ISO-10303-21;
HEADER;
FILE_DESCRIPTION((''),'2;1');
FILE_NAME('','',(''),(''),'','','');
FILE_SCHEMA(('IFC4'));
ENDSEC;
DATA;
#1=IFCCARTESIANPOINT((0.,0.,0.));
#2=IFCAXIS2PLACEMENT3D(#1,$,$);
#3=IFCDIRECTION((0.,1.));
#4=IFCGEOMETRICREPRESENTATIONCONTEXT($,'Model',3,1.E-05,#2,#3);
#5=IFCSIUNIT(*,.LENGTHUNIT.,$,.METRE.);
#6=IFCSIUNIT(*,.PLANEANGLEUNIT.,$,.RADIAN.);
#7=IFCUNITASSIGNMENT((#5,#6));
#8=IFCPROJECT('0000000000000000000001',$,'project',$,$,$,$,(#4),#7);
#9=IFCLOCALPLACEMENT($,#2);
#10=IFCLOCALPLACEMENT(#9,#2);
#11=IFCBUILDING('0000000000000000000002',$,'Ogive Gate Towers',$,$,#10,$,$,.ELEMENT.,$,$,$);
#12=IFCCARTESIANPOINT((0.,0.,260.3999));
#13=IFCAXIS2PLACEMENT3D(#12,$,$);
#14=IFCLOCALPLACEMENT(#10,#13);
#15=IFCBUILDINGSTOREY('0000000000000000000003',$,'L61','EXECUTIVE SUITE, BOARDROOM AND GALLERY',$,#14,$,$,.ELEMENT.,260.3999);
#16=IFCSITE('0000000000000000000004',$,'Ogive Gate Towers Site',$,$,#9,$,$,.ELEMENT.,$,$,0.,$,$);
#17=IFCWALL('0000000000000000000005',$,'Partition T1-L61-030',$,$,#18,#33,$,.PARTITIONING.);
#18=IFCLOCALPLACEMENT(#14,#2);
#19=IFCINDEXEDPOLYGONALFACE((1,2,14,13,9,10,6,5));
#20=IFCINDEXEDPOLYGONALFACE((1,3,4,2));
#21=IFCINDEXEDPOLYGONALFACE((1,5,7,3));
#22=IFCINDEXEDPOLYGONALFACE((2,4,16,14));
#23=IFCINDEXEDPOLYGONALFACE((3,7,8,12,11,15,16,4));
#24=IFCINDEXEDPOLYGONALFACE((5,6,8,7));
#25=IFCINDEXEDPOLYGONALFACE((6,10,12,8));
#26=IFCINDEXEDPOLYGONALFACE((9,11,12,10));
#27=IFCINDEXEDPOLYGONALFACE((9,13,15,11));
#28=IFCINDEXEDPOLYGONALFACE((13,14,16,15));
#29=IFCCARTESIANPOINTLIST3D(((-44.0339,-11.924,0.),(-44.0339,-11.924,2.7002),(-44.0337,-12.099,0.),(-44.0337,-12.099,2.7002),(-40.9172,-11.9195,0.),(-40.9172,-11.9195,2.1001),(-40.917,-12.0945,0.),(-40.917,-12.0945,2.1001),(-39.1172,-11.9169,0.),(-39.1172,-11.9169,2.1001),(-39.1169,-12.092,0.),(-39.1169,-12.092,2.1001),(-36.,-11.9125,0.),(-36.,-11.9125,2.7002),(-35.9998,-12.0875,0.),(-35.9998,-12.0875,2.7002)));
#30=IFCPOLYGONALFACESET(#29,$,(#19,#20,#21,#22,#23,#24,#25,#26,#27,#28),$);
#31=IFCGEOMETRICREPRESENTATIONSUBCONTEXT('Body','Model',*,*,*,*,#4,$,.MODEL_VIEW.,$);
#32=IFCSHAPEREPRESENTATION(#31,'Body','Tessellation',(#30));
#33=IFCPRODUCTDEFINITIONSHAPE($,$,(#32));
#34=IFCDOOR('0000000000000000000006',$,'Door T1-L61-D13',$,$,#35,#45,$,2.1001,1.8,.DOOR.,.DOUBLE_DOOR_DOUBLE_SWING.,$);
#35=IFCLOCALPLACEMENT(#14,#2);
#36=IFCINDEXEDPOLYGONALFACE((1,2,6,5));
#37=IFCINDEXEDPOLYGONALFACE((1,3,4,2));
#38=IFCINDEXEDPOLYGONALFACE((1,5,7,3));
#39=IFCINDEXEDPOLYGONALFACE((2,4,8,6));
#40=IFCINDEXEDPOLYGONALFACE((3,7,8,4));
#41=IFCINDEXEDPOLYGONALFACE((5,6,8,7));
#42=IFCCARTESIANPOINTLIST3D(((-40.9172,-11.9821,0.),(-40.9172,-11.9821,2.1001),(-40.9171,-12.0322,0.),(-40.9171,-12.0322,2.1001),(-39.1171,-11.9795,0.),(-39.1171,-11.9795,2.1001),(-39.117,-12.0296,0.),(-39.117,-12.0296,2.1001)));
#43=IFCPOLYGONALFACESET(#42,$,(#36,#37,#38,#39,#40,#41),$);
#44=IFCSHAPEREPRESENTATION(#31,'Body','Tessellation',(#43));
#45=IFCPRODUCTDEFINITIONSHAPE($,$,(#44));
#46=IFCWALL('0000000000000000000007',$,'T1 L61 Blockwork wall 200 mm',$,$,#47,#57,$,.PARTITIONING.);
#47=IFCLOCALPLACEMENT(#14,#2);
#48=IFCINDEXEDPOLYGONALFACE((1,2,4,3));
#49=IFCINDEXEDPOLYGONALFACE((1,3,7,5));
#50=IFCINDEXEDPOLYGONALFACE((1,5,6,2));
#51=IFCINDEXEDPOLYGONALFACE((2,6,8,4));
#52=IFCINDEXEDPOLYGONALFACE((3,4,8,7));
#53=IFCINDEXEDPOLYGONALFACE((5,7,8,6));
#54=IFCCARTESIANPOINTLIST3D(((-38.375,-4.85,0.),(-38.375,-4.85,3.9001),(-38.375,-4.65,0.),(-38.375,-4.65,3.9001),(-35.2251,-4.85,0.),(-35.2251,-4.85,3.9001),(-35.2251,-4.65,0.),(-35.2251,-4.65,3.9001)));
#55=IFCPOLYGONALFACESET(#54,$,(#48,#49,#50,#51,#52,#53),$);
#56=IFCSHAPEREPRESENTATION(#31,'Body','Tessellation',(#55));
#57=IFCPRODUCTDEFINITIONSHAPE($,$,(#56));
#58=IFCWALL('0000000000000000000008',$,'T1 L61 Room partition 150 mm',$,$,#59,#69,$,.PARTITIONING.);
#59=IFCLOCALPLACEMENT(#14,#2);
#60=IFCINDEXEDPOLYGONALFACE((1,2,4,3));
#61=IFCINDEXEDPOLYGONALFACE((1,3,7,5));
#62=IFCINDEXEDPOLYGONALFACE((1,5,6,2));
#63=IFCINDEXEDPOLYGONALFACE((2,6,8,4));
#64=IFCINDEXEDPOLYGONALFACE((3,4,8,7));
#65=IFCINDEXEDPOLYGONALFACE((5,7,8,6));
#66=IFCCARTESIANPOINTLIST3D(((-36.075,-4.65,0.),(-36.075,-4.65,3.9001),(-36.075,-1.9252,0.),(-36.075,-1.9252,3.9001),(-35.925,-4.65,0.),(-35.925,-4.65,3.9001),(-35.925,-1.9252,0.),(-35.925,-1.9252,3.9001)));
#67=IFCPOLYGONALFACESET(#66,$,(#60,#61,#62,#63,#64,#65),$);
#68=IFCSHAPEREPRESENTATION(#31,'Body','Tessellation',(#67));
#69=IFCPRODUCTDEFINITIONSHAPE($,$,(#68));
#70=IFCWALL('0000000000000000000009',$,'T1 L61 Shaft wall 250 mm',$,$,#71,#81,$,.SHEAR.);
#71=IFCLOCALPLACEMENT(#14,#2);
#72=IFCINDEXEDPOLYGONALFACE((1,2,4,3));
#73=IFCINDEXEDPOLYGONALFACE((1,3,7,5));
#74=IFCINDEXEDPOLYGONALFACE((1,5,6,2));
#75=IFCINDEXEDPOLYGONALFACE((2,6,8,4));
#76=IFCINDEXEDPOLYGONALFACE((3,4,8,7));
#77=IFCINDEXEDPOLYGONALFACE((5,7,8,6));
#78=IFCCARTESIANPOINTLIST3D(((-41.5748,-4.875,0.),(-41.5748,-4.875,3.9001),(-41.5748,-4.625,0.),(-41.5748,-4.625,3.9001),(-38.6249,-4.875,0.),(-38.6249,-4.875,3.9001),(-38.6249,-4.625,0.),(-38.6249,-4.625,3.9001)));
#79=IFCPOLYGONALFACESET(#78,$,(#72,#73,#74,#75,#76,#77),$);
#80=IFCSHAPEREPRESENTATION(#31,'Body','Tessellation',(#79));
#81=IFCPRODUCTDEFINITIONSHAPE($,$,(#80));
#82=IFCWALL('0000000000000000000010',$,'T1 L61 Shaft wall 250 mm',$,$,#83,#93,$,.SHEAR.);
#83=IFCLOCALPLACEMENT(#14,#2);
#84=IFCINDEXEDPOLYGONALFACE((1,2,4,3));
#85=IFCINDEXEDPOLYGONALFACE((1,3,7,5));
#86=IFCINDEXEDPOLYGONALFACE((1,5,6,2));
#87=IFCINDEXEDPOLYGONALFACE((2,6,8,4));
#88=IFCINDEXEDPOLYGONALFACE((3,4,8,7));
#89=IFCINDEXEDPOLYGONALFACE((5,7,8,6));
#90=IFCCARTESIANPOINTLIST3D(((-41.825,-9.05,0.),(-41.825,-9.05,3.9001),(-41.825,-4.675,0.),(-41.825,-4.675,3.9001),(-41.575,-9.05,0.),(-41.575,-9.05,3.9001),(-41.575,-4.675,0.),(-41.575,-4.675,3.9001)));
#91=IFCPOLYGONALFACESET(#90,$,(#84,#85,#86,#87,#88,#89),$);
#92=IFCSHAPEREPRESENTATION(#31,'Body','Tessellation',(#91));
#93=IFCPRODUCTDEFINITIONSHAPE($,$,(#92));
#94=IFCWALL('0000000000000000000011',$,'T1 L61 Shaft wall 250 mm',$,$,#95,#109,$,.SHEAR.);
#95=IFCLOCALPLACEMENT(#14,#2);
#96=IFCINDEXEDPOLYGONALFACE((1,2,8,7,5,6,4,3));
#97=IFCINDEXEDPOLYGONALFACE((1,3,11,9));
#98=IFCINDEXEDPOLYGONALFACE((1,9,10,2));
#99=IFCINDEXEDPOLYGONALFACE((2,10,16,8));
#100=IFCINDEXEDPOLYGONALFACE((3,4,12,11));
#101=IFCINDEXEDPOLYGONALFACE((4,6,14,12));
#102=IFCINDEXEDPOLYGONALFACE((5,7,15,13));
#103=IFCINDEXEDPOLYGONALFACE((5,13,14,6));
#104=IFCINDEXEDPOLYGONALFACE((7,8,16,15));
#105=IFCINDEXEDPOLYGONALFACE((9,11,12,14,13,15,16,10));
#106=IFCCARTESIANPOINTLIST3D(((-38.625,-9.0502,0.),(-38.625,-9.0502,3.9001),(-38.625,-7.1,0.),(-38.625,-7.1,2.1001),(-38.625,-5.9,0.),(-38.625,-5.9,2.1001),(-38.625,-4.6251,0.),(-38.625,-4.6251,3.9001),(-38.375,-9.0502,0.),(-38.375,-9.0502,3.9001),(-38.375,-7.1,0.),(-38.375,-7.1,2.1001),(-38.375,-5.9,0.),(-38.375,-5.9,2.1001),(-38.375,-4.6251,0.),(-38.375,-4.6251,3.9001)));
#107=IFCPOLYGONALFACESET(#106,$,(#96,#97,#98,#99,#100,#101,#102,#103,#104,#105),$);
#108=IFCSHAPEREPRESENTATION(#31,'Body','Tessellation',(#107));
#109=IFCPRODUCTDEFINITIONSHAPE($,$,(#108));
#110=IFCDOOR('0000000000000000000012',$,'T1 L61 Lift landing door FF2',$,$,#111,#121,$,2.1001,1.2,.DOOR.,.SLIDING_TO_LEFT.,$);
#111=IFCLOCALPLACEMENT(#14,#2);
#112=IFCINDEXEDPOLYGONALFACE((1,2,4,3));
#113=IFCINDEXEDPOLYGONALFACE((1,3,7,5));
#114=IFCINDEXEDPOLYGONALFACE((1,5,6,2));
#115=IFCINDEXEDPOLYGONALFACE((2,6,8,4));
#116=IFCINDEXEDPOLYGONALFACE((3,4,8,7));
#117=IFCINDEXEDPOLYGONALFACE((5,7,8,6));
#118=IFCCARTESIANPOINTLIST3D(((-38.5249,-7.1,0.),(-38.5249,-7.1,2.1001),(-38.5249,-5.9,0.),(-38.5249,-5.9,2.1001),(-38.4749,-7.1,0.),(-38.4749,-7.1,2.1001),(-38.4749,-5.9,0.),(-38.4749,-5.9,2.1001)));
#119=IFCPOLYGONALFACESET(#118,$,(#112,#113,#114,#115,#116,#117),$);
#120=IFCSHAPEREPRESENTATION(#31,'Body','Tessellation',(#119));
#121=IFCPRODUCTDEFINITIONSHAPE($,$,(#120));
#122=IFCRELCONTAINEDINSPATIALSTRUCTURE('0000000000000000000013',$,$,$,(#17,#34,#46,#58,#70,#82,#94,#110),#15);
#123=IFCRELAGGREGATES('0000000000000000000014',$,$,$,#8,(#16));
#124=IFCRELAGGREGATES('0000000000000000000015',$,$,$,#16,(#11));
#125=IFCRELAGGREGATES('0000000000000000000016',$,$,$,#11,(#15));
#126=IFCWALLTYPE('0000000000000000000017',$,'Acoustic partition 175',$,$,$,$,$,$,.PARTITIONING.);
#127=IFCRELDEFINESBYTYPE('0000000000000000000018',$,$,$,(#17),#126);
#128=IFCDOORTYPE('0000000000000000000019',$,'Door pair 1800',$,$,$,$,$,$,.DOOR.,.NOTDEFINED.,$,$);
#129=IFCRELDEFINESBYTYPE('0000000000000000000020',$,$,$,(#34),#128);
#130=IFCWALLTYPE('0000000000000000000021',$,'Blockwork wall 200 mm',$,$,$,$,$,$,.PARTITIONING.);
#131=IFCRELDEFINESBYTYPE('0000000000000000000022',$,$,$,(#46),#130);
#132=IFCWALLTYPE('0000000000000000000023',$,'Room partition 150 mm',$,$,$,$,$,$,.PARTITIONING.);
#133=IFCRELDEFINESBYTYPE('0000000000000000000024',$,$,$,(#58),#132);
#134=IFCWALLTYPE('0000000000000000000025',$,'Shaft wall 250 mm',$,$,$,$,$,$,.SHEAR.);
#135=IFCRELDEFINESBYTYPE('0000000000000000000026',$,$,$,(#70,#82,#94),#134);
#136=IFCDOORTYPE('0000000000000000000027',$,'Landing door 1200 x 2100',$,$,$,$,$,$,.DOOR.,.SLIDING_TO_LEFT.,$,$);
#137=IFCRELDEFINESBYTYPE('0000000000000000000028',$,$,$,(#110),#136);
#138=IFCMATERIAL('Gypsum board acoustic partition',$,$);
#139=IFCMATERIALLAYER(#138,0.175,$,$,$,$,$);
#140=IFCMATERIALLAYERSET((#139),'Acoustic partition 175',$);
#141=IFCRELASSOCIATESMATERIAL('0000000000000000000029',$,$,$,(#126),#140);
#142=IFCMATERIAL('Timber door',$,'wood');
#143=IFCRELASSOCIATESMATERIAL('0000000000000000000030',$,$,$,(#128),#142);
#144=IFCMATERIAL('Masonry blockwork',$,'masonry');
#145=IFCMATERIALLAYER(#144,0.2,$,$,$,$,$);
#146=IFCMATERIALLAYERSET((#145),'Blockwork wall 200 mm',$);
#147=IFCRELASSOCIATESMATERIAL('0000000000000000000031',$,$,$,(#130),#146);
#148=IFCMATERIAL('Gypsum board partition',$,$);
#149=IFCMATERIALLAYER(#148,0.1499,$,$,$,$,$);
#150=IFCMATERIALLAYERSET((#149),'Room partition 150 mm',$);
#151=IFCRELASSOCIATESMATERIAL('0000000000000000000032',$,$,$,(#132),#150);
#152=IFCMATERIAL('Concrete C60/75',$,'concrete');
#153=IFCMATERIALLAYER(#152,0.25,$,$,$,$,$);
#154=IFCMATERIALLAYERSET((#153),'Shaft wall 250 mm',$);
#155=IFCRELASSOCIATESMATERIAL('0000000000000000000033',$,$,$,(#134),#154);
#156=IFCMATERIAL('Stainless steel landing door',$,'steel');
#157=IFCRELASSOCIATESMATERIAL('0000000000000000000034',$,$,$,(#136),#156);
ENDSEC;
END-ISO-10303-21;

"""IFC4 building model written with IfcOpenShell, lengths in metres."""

from ifc_helpers import new_model, si_unit, direction, frame, frame_2d, origin, place, context, subcontext, project, spatial, rectangle, extrude, material, layer, layer_set, type_object, element, fill, save


model = new_model("IFC4")

# Units and contexts
model_context = context("Model", 3, precision=1e-05, world=origin(), true_north=direction((0.0, 1.0)))
body_context = subcontext(model_context, "Body", "Model", "MODEL_VIEW")
ifc_project = project(units=[si_unit("LENGTHUNIT", "METRE"), si_unit("PLANEANGLEUNIT", "RADIAN")], contexts=[model_context])

# Site, building, storey
site_placement = place(None, origin())
site = spatial("IfcSite", under=ifc_project, at=site_placement, Name="Ogive Gate Towers Site", CompositionType="ELEMENT", RefElevation=0.0)
building_placement = place(site_placement, origin())
building = spatial("IfcBuilding", under=site, at=building_placement, Name="Ogive Gate Towers", CompositionType="ELEMENT")
storey_placement = place(building_placement, frame((0.0, 0.0, 260.3999)))
storey = spatial("IfcBuildingStorey", under=building, at=storey_placement, Name="L61", Description="EXECUTIVE SUITE, BOARDROOM AND GALLERY", CompositionType="ELEMENT", Elevation=260.3999)

# Shared definitions
ifc_material_1 = material(Name="Gypsum board acoustic partition")
ifc_layer_1 = layer(ifc_material_1, 0.175)
ifc_layer_set_1 = layer_set([ifc_layer_1], Name="Acoustic partition 175")
wall_type_1 = type_object("IfcWallType", Name="Acoustic partition 175", PredefinedType="PARTITIONING", material=ifc_layer_set_1)

# Wall, opening, door
wall_1_placement = place(storey_placement, frame((-44.0339, -12.0115, 0.0), z_axis=(0.0, 0.0, 1.0), x_axis=(0.999999, 0.001428, 0.0)))
wall_1 = element("IfcWall", 1, at=wall_1_placement, inside=storey, type_object=wall_type_1, Name="Partition T1-L61-030", PredefinedType="PARTITIONING", context=body_context, shape_type="SweptSolid", body=[
    extrude(rectangle(XDim=8.0339, YDim=0.175, at=frame_2d((4.0171, 0.0))), origin(), (0.0, 0.0, 1.0), 2.7002),
])
opening_1_placement = place(wall_1_placement, frame((3.1169, 0.0, 0.0)))
opening_1 = element("IfcOpeningElement", 2, at=opening_1_placement, cuts=wall_1, PredefinedType="OPENING", context=body_context, shape_type="SweptSolid", body=[
    extrude(rectangle(XDim=1.8, YDim=2.1001, at=frame_2d((0.8999, 1.05))), frame((0.0, 0.0977, 0.0), z_axis=(0.0, -1.0, 0.0), x_axis=(1.0, 0.0, 0.0)), (0.0, 0.0, 1.0), 0.1951),
])
ifc_material_2 = material(Name="Timber door", Category="wood")
door_type_1 = type_object("IfcDoorType", Name="Door pair 1800", OperationType="NOTDEFINED", PredefinedType="DOOR", material=ifc_material_2)
door_1_placement = place(opening_1_placement, origin())
door_1 = element("IfcDoor", 3, at=door_1_placement, inside=storey, type_object=door_type_1, Name="Door T1-L61-D13", OperationType="DOUBLE_DOOR_DOUBLE_SWING", OverallHeight=2.1001, OverallWidth=1.8, PredefinedType="DOOR", context=body_context, shape_type="SweptSolid", body=[
    extrude(rectangle(XDim=1.8, YDim=2.1001, at=frame_2d((0.8999, 1.05))), frame((0.0, 0.0249, 0.0), z_axis=(0.0, -1.0, 0.0), x_axis=(1.0, 0.0, 0.0)), (0.0, 0.0, 1.0), 0.05),
])
fill(opening_1, door_1)

# Walls
ifc_material_3 = material(Name="Masonry blockwork", Category="masonry")
ifc_layer_2 = layer(ifc_material_3, 0.2)
ifc_layer_set_2 = layer_set([ifc_layer_2], Name="Blockwork wall 200 mm")
wall_type_2 = type_object("IfcWallType", Name="Blockwork wall 200 mm", PredefinedType="PARTITIONING", material=ifc_layer_set_2)
wall_2_placement = place(storey_placement, frame((-38.375, -4.75, 0.0), z_axis=(0.0, 0.0, 1.0), x_axis=(1.0, 0.0, 0.0)))
element("IfcWall", 4, at=wall_2_placement, inside=storey, type_object=wall_type_2, Name="T1 L61 Blockwork wall 200 mm", PredefinedType="PARTITIONING", context=body_context, shape_type="SweptSolid", body=[
    extrude(rectangle(XDim=3.1499, YDim=0.2, at=frame_2d((1.575, 0.0))), origin(), (0.0, 0.0, 1.0), 3.9001),
])
ifc_material_4 = material(Name="Gypsum board partition")
ifc_layer_3 = layer(ifc_material_4, 0.1499)
ifc_layer_set_3 = layer_set([ifc_layer_3], Name="Room partition 150 mm")
wall_type_3 = type_object("IfcWallType", Name="Room partition 150 mm", PredefinedType="PARTITIONING", material=ifc_layer_set_3)
wall_3_placement = place(storey_placement, frame((-36.0, -4.6499, 0.0), z_axis=(0.0, 0.0, 1.0), x_axis=(0.0, 1.0, 0.0)))
element("IfcWall", 5, at=wall_3_placement, inside=storey, type_object=wall_type_3, Name="T1 L61 Room partition 150 mm", PredefinedType="PARTITIONING", context=body_context, shape_type="SweptSolid", body=[
    extrude(rectangle(XDim=2.7249, YDim=0.1499, at=frame_2d((1.3623, 0.0))), origin(), (0.0, 0.0, 1.0), 3.9001),
])
ifc_material_5 = material(Name="Concrete C60/75", Category="concrete")
ifc_layer_4 = layer(ifc_material_5, 0.25)
ifc_layer_set_4 = layer_set([ifc_layer_4], Name="Shaft wall 250 mm")
wall_type_4 = type_object("IfcWallType", Name="Shaft wall 250 mm", PredefinedType="SHEAR", material=ifc_layer_set_4)
wall_4_placement = place(storey_placement, frame((-41.575, -4.75, 0.0), z_axis=(0.0, 0.0, 1.0), x_axis=(1.0, 0.0, 0.0)))
element("IfcWall", 6, at=wall_4_placement, inside=storey, type_object=wall_type_4, Name="T1 L61 Shaft wall 250 mm", PredefinedType="SHEAR", context=body_context, shape_type="SweptSolid", body=[
    extrude(rectangle(XDim=2.95, YDim=0.25, at=frame_2d((1.4751, 0.0))), origin(), (0.0, 0.0, 1.0), 3.9001),
])
wall_5_placement = place(storey_placement, frame((-41.7, -9.05, 0.0), z_axis=(0.0, 0.0, 1.0), x_axis=(0.0, 1.0, 0.0)))
element("IfcWall", 7, at=wall_5_placement, inside=storey, type_object=wall_type_4, Name="T1 L61 Shaft wall 250 mm", PredefinedType="SHEAR", context=body_context, shape_type="SweptSolid", body=[
    extrude(rectangle(XDim=4.375, YDim=0.25, at=frame_2d((2.1875, 0.0))), origin(), (0.0, 0.0, 1.0), 3.9001),
])

# Wall, opening, door
wall_6_placement = place(storey_placement, frame((-38.5, -9.05, 0.0), z_axis=(0.0, 0.0, 1.0), x_axis=(0.0, 1.0, 0.0)))
wall_6 = element("IfcWall", 8, at=wall_6_placement, inside=storey, type_object=wall_type_4, Name="T1 L61 Shaft wall 250 mm", PredefinedType="SHEAR", context=body_context, shape_type="SweptSolid", body=[
    extrude(rectangle(XDim=4.425, YDim=0.25, at=frame_2d((2.2124, 0.0))), origin(), (0.0, 0.0, 1.0), 3.9001),
])
opening_2_placement = place(wall_6_placement, frame((1.95, 0.0, 0.0)))
opening_2 = element("IfcOpeningElement", 9, at=opening_2_placement, cuts=wall_6, PredefinedType="OPENING", context=body_context, shape_type="SweptSolid", body=[
    extrude(rectangle(XDim=1.2, YDim=2.1001, at=frame_2d((0.6001, 1.05))), frame((0.0, 0.135, 0.0), z_axis=(0.0, -1.0, 0.0), x_axis=(1.0, 0.0, 0.0)), (0.0, 0.0, 1.0), 0.27),
])
ifc_material_6 = material(Name="Stainless steel landing door", Category="steel")
door_type_2 = type_object("IfcDoorType", Name="Landing door 1200 x 2100", OperationType="SLIDING_TO_LEFT", PredefinedType="DOOR", material=ifc_material_6)
door_2_placement = place(opening_2_placement, origin())
door_2 = element("IfcDoor", 10, at=door_2_placement, inside=storey, type_object=door_type_2, Name="T1 L61 Lift landing door FF2", OperationType="SLIDING_TO_LEFT", OverallHeight=2.1001, OverallWidth=1.2, PredefinedType="DOOR", context=body_context, shape_type="SweptSolid", body=[
    extrude(rectangle(XDim=1.2, YDim=2.1001, at=frame_2d((0.6001, 1.05))), frame((0.0, 0.0249, 0.0), z_axis=(0.0, -1.0, 0.0), x_axis=(1.0, 0.0, 0.0)), (0.0, 0.0, 1.0), 0.05),
])
fill(opening_2, door_2)

save(model, "model.ifc")
